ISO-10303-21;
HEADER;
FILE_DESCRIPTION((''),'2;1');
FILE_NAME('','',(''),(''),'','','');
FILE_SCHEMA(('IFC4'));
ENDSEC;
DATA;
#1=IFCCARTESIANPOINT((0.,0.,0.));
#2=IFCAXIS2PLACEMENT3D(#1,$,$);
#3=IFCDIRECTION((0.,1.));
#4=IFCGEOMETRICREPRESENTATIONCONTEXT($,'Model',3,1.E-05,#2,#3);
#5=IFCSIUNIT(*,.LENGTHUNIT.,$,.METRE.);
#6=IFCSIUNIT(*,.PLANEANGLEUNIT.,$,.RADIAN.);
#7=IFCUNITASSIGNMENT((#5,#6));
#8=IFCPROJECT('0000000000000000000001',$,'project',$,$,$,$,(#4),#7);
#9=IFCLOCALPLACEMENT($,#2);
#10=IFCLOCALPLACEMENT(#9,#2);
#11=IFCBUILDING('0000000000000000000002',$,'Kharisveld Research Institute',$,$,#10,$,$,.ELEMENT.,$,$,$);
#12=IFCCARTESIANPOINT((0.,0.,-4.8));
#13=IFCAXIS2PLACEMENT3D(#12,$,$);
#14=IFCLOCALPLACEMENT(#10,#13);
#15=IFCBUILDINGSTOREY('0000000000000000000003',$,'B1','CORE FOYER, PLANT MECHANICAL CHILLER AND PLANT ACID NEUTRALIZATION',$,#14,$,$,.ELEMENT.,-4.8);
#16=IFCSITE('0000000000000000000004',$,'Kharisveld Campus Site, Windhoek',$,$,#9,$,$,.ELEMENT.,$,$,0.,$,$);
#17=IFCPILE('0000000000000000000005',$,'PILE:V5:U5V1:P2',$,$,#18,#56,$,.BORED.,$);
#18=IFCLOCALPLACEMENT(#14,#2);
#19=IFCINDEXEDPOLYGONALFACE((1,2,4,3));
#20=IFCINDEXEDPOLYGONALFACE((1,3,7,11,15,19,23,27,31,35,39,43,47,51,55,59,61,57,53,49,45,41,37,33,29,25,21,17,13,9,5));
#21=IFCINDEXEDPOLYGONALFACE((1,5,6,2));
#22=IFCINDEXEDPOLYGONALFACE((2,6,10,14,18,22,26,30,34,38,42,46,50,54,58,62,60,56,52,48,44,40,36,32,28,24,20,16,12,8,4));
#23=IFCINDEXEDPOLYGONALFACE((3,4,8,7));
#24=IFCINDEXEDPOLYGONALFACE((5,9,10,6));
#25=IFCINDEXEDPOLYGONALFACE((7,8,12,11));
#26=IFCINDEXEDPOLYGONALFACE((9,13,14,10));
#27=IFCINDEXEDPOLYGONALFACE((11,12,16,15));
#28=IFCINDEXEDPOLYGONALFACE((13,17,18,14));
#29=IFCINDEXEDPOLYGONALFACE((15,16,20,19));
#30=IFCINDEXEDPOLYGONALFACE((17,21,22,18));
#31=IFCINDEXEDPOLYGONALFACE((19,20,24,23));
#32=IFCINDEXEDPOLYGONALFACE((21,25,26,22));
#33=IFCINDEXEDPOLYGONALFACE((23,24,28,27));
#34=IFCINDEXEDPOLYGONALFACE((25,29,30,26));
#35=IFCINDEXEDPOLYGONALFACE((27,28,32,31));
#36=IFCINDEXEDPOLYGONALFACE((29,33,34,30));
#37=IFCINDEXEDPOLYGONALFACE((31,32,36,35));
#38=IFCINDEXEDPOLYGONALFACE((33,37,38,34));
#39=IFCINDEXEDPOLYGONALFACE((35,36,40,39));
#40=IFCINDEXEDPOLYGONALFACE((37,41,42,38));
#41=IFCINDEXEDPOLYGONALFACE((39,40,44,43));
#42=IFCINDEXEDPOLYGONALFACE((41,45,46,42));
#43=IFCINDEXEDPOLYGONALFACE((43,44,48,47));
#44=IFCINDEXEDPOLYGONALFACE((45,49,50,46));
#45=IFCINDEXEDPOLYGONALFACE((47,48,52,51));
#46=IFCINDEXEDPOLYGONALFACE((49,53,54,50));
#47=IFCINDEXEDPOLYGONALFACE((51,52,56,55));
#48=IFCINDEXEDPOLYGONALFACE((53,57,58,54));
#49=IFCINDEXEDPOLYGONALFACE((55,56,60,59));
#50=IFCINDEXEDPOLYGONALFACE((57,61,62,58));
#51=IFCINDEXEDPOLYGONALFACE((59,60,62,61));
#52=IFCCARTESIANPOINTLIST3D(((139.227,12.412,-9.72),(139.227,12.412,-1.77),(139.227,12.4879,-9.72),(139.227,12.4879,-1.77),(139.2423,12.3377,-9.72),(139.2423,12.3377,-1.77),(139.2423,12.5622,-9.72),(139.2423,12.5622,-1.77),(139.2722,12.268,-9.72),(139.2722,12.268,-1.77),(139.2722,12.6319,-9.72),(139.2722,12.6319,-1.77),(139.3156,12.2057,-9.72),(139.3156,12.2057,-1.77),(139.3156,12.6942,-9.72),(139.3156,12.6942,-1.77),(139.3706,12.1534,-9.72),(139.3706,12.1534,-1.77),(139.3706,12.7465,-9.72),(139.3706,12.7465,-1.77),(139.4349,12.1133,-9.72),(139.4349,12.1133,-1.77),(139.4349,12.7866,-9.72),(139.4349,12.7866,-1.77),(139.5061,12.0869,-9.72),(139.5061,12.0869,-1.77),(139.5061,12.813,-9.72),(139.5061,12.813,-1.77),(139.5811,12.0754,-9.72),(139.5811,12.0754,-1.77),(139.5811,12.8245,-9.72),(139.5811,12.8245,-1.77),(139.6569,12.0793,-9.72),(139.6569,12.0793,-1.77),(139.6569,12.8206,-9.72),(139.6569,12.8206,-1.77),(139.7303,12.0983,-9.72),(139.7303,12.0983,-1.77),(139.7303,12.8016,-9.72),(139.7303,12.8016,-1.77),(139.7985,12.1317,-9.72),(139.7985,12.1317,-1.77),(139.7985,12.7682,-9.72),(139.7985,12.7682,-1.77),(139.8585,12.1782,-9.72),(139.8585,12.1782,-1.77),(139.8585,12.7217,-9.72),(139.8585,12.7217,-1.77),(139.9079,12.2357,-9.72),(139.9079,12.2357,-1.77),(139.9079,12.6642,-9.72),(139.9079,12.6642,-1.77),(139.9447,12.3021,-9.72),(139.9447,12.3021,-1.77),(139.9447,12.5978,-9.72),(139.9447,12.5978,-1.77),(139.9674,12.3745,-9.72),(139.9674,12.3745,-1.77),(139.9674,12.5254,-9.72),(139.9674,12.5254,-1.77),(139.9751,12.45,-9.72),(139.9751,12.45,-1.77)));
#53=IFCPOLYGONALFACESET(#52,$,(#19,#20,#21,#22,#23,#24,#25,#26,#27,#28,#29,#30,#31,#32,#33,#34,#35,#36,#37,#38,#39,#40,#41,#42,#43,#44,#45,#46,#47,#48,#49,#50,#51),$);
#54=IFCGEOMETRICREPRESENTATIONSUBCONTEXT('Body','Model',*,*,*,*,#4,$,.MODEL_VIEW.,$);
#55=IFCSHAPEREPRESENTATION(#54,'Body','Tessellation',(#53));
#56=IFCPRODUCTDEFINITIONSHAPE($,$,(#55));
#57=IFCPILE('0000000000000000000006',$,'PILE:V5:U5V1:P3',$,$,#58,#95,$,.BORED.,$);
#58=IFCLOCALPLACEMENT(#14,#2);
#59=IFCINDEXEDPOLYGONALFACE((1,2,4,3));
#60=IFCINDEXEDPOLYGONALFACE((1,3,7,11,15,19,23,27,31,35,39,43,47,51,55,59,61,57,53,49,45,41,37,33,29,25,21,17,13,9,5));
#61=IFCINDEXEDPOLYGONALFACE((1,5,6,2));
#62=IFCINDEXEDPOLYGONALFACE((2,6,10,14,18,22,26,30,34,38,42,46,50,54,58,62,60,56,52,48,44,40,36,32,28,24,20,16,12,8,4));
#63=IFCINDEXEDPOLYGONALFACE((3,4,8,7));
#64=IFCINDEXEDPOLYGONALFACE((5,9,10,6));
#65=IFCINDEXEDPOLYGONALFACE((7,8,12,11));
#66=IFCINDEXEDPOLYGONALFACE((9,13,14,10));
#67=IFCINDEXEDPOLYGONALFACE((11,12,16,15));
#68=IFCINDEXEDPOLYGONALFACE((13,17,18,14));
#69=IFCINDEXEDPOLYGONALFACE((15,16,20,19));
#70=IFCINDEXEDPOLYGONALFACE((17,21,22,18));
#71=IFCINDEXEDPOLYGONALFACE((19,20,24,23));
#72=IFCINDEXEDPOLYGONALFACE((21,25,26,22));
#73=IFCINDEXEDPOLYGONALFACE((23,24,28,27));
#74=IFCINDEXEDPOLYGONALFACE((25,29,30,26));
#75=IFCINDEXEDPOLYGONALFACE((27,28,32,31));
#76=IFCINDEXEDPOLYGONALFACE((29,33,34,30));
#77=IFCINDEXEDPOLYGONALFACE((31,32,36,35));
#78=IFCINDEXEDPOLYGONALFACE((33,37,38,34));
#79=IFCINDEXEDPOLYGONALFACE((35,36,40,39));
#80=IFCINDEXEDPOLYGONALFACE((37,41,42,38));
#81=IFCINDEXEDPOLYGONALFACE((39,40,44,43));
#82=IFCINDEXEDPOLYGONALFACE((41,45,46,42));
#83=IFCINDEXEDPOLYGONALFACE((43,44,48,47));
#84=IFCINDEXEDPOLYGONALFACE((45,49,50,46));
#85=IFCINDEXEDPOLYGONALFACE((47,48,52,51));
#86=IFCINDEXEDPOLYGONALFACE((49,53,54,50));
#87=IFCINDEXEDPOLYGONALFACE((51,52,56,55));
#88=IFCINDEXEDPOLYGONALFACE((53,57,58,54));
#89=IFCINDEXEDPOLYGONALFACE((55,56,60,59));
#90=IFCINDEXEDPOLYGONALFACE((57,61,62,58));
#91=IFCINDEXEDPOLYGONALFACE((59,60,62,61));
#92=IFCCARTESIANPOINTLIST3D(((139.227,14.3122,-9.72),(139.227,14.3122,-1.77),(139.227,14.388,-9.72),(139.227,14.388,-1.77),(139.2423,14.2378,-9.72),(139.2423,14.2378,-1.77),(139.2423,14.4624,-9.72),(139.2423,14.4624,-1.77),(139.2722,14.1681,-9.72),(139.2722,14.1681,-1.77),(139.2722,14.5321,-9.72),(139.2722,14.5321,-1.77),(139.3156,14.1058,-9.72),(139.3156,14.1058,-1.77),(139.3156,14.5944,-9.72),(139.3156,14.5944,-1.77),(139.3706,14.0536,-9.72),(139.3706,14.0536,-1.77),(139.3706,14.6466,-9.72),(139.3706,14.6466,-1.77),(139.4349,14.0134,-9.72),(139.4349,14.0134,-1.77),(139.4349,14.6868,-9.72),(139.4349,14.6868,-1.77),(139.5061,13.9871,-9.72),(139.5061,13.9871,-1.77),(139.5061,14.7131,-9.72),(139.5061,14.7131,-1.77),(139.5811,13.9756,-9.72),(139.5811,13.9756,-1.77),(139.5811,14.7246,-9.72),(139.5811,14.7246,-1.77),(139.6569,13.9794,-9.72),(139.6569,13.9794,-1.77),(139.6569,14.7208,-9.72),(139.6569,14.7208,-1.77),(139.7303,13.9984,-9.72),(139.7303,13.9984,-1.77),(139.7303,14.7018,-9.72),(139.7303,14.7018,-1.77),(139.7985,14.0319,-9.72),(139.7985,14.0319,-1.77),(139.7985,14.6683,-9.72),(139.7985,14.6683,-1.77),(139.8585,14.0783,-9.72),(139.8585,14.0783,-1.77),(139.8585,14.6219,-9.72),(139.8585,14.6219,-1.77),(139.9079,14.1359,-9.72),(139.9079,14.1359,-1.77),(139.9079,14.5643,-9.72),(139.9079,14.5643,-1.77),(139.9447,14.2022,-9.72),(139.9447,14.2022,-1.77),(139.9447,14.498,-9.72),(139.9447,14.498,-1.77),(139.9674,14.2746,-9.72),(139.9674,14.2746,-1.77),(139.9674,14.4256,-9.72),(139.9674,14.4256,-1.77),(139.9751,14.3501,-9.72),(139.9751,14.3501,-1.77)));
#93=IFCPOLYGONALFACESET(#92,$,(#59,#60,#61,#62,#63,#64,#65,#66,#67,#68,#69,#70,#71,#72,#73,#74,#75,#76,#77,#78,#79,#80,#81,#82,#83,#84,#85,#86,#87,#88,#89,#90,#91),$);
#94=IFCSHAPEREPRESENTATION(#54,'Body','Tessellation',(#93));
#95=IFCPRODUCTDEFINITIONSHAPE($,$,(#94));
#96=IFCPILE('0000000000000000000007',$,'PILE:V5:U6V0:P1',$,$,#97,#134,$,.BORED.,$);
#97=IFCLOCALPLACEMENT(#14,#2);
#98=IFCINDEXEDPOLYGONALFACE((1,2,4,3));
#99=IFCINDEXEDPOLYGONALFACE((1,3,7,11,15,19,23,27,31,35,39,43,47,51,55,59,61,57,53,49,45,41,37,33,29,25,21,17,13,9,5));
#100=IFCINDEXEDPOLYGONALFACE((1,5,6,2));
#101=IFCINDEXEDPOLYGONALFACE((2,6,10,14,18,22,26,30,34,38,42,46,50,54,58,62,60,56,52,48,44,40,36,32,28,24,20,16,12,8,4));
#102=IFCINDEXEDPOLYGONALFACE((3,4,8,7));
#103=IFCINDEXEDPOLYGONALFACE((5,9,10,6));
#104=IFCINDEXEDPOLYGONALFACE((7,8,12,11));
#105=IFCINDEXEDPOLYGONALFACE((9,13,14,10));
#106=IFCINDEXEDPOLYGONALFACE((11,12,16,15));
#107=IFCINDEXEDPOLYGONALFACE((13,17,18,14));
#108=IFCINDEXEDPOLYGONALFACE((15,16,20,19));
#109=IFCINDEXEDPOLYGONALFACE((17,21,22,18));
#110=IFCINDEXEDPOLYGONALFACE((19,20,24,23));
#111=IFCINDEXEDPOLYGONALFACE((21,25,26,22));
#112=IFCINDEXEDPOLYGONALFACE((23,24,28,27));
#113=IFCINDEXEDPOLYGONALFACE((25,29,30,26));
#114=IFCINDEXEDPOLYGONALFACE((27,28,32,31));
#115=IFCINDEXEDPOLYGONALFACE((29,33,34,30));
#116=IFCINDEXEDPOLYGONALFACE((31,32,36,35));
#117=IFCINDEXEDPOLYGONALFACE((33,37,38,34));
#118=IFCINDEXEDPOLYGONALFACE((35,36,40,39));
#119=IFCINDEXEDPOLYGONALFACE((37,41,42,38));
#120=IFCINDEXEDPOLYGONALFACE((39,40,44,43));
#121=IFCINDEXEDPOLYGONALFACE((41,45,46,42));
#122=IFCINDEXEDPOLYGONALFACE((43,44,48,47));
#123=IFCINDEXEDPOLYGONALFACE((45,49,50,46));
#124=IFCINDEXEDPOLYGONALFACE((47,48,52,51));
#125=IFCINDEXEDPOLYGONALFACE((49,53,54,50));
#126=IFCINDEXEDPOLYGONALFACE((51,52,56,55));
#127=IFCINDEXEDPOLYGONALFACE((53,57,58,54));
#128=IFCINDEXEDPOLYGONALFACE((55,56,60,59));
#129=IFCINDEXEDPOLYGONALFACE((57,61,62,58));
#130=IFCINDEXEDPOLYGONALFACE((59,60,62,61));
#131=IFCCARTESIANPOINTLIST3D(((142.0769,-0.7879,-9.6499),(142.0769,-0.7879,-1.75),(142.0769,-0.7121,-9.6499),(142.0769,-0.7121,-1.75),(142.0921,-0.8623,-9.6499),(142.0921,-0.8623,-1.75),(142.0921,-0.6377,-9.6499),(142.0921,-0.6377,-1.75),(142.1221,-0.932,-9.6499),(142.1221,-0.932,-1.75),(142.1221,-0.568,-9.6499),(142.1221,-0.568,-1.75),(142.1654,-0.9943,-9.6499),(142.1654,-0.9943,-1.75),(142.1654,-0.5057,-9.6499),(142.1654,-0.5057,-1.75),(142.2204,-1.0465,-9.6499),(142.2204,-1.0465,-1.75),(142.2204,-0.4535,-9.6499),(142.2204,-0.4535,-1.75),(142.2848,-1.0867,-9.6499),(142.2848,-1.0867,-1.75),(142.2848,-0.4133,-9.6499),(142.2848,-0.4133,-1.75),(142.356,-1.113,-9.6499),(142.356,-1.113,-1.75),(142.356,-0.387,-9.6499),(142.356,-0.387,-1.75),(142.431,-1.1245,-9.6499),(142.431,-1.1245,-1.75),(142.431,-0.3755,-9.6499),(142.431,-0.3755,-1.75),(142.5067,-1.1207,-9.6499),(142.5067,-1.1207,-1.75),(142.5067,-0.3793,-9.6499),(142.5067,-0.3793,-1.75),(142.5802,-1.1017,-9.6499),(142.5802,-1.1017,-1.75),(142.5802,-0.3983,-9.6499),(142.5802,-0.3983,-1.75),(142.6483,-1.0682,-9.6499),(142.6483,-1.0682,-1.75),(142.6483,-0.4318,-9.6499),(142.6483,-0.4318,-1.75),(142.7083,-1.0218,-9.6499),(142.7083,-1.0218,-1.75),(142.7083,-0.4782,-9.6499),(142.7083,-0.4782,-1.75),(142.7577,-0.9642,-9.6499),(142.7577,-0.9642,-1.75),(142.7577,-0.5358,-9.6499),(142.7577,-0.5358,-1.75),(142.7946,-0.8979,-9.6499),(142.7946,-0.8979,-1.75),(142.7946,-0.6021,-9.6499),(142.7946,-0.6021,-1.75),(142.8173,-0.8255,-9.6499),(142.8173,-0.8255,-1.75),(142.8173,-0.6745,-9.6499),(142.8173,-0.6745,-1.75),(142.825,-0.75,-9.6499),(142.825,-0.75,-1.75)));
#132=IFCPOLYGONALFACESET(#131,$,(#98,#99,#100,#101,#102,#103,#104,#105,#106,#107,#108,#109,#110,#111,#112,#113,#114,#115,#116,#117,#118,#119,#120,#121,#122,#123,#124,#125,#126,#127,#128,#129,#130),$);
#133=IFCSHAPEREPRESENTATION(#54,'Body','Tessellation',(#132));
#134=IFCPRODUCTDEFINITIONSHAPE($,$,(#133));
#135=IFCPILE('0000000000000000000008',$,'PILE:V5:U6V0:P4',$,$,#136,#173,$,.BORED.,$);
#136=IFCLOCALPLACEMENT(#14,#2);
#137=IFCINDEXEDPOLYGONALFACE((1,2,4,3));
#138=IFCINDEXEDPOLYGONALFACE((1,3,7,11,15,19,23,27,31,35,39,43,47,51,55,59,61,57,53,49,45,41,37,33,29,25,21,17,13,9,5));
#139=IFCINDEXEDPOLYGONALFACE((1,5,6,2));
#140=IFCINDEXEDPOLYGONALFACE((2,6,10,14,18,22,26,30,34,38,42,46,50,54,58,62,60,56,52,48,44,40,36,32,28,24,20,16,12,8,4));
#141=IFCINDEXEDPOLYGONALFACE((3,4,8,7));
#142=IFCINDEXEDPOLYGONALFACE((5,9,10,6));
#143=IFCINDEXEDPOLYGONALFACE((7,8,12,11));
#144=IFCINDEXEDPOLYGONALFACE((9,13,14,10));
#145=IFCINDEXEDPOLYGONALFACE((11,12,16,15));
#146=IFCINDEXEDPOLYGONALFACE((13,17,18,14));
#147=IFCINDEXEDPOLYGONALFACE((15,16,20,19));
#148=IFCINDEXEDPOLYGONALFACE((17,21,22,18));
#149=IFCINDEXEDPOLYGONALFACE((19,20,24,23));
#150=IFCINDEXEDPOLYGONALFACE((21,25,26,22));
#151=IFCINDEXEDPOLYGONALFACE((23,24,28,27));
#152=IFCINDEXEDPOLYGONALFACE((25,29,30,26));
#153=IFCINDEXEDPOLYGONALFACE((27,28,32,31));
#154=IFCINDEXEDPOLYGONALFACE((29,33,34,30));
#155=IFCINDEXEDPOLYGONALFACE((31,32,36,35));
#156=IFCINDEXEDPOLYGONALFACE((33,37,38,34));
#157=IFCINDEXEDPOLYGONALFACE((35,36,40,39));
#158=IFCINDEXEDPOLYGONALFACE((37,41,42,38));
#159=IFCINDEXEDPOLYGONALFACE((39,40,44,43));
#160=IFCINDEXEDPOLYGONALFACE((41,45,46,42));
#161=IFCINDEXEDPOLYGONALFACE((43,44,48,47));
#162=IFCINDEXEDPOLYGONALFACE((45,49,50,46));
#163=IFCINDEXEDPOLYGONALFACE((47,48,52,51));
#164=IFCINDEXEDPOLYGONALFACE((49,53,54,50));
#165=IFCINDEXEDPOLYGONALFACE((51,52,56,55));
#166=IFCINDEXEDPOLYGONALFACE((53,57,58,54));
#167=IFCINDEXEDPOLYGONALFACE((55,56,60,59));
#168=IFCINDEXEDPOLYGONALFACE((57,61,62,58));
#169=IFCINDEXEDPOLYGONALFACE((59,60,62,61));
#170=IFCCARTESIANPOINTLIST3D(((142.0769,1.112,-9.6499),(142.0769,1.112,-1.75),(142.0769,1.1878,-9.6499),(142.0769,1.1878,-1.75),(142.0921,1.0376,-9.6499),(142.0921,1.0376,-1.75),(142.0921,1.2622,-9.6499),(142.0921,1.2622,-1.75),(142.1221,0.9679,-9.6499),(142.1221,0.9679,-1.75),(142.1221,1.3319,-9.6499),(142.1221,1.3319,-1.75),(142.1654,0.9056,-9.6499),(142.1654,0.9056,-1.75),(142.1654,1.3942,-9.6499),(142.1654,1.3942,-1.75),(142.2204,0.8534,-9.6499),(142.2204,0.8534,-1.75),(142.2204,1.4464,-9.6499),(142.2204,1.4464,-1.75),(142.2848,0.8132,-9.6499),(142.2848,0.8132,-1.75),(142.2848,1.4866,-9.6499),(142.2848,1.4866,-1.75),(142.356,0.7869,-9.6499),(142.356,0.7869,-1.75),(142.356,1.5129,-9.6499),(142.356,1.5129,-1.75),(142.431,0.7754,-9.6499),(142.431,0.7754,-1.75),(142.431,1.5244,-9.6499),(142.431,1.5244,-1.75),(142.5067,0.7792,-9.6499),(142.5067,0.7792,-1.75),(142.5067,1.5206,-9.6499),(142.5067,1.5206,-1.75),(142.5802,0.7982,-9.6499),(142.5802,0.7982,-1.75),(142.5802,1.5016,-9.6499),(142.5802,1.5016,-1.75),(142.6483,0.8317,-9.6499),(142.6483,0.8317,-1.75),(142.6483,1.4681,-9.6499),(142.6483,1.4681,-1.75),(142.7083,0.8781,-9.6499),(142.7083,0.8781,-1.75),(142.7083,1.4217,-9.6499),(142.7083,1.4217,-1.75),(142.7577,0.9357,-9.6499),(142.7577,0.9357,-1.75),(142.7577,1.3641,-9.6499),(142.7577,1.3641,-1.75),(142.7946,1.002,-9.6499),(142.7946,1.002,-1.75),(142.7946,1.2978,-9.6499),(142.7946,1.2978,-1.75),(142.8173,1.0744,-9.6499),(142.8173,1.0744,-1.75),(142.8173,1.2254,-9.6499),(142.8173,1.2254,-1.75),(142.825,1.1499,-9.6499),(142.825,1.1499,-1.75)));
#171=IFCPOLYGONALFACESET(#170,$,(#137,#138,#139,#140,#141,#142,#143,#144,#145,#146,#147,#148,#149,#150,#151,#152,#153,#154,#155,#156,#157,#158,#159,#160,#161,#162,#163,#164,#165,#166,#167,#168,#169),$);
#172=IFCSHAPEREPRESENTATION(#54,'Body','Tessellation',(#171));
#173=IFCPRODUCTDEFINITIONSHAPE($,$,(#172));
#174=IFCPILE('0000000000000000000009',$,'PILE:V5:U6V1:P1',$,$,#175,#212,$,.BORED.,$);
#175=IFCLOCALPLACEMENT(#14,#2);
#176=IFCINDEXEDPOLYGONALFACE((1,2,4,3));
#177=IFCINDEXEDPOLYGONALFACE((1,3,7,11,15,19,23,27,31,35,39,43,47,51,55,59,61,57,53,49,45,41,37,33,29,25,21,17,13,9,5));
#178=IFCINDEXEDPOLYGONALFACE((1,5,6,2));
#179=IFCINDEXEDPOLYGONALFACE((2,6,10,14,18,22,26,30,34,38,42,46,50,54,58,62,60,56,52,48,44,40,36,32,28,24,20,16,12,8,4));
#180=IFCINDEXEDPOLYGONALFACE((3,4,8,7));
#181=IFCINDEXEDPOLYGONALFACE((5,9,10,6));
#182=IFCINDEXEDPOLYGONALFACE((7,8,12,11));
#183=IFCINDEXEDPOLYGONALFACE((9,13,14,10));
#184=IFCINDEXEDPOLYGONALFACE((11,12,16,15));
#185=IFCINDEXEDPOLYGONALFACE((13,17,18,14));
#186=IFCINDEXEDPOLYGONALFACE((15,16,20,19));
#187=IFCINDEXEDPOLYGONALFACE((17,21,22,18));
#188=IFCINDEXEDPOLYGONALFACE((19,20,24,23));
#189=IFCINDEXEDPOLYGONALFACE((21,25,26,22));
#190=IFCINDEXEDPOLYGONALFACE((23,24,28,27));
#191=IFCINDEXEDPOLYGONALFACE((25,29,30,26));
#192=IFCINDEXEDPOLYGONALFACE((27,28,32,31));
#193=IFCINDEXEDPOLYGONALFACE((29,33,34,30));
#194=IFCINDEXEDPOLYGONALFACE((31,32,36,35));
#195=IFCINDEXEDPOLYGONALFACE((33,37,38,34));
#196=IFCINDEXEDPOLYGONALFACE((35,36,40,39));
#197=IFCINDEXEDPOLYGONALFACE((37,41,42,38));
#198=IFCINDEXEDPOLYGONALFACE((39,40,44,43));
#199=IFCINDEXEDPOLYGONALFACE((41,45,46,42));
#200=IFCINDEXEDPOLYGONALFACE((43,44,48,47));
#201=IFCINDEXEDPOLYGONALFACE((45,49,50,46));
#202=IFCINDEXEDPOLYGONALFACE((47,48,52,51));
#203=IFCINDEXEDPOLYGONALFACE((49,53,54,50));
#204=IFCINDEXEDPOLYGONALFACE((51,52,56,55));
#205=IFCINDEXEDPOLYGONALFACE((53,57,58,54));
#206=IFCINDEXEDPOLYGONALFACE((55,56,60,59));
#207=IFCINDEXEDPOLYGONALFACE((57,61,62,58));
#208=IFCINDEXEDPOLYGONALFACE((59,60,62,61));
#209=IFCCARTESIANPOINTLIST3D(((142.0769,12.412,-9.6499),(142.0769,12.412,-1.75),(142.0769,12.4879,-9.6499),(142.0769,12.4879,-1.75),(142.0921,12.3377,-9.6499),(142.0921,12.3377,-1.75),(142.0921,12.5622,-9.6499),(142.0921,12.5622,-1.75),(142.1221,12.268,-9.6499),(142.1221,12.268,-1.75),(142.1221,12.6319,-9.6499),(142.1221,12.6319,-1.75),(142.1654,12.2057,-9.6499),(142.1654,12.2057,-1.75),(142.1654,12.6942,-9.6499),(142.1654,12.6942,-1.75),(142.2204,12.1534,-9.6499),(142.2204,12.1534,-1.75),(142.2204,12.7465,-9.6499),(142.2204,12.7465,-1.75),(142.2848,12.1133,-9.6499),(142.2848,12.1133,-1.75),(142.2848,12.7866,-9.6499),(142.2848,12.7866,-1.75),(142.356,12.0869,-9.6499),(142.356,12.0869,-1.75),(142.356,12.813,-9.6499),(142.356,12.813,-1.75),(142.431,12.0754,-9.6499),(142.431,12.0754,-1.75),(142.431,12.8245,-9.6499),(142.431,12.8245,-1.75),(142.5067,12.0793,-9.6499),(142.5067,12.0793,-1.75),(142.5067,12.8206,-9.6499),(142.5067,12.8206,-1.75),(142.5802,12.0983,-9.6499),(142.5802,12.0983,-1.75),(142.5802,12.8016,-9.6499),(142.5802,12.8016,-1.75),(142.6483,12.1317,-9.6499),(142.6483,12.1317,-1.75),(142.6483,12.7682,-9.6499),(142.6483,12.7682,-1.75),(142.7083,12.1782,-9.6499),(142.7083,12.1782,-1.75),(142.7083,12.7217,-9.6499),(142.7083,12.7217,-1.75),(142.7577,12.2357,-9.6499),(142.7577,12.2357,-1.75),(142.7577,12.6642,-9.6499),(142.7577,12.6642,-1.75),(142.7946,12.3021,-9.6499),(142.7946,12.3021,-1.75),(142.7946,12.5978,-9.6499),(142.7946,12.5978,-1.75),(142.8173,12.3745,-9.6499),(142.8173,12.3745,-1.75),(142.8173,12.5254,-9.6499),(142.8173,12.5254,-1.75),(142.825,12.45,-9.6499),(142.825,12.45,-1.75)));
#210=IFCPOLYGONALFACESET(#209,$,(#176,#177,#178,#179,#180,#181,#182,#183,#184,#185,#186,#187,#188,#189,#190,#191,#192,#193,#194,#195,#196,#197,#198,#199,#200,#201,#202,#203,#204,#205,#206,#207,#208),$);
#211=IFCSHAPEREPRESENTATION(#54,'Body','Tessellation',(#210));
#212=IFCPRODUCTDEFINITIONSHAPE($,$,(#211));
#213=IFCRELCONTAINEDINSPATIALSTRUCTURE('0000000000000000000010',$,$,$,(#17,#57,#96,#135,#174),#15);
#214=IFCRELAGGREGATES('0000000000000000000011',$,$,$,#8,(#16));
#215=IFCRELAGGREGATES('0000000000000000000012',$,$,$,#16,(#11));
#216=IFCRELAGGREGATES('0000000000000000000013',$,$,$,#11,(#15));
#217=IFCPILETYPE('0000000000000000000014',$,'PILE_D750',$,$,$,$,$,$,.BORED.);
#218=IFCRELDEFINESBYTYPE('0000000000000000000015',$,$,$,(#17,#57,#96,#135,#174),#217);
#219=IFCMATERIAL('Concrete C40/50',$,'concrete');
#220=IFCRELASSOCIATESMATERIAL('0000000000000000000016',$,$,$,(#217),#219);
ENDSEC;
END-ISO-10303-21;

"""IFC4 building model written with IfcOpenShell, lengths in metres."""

from ifc_helpers import new_model, si_unit, direction, frame, origin, origin_2d, place, context, subcontext, project, spatial, circle, extrude, material, material_profile, profile_set, type_object, element, save


model = new_model("IFC4")

# Units and contexts
model_context = context("Model", 3, precision=1e-05, world=origin(), true_north=direction((0.0, 1.0)))
body_context = subcontext(model_context, "Body", "Model", "MODEL_VIEW")
ifc_project = project(units=[si_unit("LENGTHUNIT", "METRE"), si_unit("PLANEANGLEUNIT", "RADIAN")], contexts=[model_context])

# Site, building, storey
site_placement = place(None, origin())
site = spatial("IfcSite", under=ifc_project, at=site_placement, Name="Kharisveld Campus Site, Windhoek", CompositionType="ELEMENT", RefElevation=0.0)
building_placement = place(site_placement, origin())
building = spatial("IfcBuilding", under=site, at=building_placement, Name="Kharisveld Research Institute", CompositionType="ELEMENT")
storey_placement = place(building_placement, frame((0.0, 0.0, -4.8)))
storey = spatial("IfcBuildingStorey", under=building, at=storey_placement, Name="B1", Description="CORE FOYER, PLANT MECHANICAL CHILLER AND PLANT ACID NEUTRALIZATION", CompositionType="ELEMENT", Elevation=-4.8)

# Piles
ifc_material_1 = material(Name="Concrete C40/50", Category="concrete")
ifc_material_profile_1 = material_profile(ifc_material_1, circle(Radius=0.375, at=origin_2d()))
ifc_profile_set_1 = profile_set([ifc_material_profile_1], Name="Concrete C40/50")
pile_type_1 = type_object("IfcPileType", Name="PILE_D750", PredefinedType="BORED", material=ifc_profile_set_1)
for number, where, z_axis, x_axis, name in (
    (1, (139.6001, 12.45, -1.77), (0.0, 0.0, -1.0), (1.0, 0.0, 0.0), "PILE:V5:U5V1:P2"),
    (2, (139.6001, 14.3501, -1.77), (0.0, 0.0, -1.0), (1.0, 0.0, 0.0), "PILE:V5:U5V1:P3"),
):
    element("IfcPile", number, at=place(storey_placement, frame(where, z_axis=z_axis, x_axis=x_axis)), inside=storey, type_object=pile_type_1, Name=name, PredefinedType="BORED", context=body_context, shape_type="SweptSolid", body=[
        extrude(circle(Radius=0.375, at=origin_2d()), origin(), (0.0, 0.0, 1.0), 7.95),
    ])
for number, where, z_axis, x_axis, name in (
    (3, (142.45, -0.75, -1.75), (0.0, 0.0, -1.0), (1.0, 0.0, 0.0), "PILE:V5:U6V0:P1"),
    (4, (142.45, 1.1499, -1.75), (0.0, 0.0, -1.0), (1.0, 0.0, 0.0), "PILE:V5:U6V0:P4"),
    (5, (142.45, 12.45, -1.75), (0.0, 0.0, -1.0), (1.0, 0.0, 0.0), "PILE:V5:U6V1:P1"),
):
    element("IfcPile", number, at=place(storey_placement, frame(where, z_axis=z_axis, x_axis=x_axis)), inside=storey, type_object=pile_type_1, Name=name, PredefinedType="BORED", context=body_context, shape_type="SweptSolid", body=[
        extrude(circle(Radius=0.375, at=origin_2d()), origin(), (0.0, 0.0, 1.0), 7.8999),
    ])

save(model, "model.ifc")
